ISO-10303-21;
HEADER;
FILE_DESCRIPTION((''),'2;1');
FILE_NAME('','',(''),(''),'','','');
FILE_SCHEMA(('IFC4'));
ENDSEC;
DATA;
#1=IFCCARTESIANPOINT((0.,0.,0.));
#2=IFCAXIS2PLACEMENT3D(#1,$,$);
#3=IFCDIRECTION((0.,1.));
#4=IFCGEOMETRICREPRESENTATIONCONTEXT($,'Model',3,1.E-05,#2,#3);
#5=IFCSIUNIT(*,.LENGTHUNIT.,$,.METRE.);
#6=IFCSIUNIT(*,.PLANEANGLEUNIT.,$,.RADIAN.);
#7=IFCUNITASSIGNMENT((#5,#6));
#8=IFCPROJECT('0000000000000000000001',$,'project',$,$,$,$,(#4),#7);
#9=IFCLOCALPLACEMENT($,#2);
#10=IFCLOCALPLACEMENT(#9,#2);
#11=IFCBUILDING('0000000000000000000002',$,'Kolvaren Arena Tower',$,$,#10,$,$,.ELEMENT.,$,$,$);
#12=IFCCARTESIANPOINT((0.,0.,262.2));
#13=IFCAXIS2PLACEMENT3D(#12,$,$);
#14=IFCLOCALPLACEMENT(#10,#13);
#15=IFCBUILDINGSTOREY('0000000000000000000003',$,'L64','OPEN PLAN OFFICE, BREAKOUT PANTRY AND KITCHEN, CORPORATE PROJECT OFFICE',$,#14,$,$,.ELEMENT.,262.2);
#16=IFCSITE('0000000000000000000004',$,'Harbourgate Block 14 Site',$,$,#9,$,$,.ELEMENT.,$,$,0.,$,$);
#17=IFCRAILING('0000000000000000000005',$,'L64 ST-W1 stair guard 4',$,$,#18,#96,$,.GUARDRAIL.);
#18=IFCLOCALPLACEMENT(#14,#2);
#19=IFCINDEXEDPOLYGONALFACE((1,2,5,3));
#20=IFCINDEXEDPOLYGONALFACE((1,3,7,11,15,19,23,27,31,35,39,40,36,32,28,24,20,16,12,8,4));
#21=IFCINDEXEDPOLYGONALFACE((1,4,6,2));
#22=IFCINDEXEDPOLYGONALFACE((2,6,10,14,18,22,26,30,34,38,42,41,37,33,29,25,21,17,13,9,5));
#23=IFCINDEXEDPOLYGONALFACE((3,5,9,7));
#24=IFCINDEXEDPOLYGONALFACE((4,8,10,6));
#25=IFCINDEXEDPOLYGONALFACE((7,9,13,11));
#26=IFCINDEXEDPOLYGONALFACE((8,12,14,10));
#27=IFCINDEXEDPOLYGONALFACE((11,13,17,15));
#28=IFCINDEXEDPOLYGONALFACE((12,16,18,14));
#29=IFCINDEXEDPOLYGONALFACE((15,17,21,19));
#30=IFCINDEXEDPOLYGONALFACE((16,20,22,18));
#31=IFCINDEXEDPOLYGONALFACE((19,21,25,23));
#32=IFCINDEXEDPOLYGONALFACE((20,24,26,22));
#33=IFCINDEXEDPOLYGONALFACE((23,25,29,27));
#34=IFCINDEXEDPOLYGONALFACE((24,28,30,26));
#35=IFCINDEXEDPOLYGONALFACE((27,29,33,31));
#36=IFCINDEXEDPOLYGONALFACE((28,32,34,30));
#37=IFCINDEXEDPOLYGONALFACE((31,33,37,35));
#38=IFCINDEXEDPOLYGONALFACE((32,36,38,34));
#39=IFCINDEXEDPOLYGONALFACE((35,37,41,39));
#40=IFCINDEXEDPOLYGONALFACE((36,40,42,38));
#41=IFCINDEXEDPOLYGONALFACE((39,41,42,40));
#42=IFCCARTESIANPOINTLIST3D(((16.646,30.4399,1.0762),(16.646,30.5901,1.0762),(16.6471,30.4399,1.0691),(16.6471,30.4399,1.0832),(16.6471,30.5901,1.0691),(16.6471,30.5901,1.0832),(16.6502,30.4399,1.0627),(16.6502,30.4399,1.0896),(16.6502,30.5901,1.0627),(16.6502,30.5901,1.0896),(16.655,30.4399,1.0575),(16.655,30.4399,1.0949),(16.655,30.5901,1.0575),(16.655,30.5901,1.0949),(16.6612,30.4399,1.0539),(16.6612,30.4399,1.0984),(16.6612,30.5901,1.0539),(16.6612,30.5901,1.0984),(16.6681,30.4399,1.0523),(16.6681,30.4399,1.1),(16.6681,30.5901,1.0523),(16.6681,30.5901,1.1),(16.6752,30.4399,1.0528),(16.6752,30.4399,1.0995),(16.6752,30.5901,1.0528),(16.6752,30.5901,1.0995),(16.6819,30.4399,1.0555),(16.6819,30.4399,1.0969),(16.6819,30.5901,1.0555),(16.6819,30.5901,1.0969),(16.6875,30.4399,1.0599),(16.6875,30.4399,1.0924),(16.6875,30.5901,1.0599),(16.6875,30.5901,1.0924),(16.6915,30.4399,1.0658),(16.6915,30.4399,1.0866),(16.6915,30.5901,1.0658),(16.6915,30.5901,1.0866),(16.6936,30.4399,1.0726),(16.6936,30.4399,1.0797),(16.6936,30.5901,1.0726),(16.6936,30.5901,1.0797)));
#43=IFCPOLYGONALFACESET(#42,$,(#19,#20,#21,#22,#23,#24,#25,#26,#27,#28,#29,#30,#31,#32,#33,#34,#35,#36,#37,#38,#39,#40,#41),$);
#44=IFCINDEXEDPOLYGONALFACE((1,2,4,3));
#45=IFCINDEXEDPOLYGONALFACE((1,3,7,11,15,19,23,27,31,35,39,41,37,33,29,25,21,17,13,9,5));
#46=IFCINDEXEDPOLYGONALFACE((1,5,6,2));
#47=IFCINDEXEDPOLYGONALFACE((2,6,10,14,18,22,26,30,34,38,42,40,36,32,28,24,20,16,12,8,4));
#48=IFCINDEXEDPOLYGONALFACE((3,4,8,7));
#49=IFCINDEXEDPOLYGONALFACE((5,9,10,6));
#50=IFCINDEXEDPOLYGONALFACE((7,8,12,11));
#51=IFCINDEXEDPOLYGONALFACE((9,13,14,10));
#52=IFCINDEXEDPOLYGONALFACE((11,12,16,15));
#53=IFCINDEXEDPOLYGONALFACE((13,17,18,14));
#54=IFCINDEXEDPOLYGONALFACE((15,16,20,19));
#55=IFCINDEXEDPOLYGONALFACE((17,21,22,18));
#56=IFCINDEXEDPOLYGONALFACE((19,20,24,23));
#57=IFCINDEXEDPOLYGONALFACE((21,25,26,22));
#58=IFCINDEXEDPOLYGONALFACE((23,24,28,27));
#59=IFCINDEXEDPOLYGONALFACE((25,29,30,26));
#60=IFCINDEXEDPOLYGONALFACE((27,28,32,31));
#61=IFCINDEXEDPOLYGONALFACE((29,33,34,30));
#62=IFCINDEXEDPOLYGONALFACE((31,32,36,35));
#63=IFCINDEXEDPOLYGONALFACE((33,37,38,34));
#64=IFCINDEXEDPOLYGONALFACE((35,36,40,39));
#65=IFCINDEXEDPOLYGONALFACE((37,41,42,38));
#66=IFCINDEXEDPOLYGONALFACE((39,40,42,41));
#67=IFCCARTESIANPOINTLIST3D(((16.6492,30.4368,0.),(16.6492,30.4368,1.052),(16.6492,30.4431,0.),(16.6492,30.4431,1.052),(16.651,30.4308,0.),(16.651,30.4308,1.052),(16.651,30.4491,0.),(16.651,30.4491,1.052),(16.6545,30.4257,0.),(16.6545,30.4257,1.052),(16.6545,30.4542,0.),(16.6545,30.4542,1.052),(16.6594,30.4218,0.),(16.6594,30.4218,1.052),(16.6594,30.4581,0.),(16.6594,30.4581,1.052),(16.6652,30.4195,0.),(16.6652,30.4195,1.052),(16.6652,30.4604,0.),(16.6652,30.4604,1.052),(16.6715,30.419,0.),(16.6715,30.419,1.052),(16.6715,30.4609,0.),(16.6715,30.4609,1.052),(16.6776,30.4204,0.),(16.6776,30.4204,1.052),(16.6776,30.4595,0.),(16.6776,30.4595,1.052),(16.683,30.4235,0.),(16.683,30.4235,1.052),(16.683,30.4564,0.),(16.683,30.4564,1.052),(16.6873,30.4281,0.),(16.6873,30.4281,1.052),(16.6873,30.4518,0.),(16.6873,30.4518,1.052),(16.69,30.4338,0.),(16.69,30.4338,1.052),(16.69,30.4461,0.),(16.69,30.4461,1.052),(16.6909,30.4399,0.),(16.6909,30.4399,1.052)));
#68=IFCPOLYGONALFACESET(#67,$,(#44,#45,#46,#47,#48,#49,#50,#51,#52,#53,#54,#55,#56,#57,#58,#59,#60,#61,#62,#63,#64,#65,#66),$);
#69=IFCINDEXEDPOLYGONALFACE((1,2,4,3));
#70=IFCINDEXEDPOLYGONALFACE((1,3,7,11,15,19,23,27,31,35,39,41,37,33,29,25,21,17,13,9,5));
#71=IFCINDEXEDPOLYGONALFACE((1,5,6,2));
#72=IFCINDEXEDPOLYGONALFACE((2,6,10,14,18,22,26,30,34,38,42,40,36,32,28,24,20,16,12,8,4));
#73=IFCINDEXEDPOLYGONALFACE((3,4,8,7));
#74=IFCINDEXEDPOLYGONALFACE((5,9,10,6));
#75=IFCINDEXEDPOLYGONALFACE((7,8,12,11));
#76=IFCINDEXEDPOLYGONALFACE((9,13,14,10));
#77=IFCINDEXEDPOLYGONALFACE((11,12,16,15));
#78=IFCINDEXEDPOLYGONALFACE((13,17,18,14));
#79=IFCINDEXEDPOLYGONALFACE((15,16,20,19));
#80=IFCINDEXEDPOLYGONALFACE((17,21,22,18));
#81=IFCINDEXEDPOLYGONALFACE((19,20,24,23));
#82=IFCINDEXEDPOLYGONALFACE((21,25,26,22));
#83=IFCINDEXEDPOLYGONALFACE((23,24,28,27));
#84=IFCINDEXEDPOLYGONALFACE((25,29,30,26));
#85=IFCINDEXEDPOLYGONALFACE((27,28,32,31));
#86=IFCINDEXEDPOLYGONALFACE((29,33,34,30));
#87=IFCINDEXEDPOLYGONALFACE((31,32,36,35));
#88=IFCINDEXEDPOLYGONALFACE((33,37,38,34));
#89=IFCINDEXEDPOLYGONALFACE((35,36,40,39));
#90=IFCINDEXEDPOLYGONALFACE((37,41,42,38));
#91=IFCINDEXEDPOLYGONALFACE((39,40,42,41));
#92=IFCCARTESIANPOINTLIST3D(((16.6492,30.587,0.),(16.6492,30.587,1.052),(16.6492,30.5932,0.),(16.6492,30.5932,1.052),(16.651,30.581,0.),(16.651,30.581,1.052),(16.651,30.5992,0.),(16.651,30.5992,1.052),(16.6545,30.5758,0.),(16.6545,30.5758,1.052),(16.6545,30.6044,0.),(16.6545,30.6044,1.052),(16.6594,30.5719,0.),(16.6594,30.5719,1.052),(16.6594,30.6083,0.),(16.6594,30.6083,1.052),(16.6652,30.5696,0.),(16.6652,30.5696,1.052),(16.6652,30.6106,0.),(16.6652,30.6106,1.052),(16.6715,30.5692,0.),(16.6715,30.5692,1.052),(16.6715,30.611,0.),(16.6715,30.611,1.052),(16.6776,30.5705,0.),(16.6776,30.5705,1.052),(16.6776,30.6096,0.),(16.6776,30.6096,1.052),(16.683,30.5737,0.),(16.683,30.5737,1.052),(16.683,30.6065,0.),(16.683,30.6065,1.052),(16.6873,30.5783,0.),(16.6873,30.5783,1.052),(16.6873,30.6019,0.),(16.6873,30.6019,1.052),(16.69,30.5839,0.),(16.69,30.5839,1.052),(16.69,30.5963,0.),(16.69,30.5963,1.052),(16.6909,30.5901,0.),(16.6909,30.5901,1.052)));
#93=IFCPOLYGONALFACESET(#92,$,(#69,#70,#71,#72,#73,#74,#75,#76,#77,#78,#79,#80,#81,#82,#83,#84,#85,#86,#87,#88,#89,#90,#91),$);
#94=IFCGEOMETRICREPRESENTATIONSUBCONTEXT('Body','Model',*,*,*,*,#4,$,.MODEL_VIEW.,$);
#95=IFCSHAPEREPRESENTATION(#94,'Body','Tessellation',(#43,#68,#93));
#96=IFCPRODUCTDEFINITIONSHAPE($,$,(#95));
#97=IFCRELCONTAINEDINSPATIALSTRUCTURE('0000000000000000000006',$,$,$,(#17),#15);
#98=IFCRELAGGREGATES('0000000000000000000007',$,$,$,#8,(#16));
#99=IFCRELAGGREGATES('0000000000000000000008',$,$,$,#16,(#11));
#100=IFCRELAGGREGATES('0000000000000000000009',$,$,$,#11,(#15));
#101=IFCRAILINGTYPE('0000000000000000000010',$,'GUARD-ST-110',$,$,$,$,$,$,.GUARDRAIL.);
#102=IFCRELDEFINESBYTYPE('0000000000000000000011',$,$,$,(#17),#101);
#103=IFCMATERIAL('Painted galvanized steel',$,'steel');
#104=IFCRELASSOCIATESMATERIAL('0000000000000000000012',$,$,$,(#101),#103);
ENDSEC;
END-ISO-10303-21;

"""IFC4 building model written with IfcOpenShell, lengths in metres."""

from ifc_helpers import new_model, si_unit, direction, frame, origin, origin_2d, place, context, subcontext, project, spatial, circle, extrude, material, type_object, element, save


model = new_model("IFC4")

# Units and contexts
model_context = context("Model", 3, precision=1e-05, world=origin(), true_north=direction((0.0, 1.0)))
body_context = subcontext(model_context, "Body", "Model", "MODEL_VIEW")
ifc_project = project(units=[si_unit("LENGTHUNIT", "METRE"), si_unit("PLANEANGLEUNIT", "RADIAN")], contexts=[model_context])

# Site, building, storey
site_placement = place(None, origin())
site = spatial("IfcSite", under=ifc_project, at=site_placement, Name="Harbourgate Block 14 Site", CompositionType="ELEMENT", RefElevation=0.0)
building_placement = place(site_placement, origin())
building = spatial("IfcBuilding", under=site, at=building_placement, Name="Kolvaren Arena Tower", CompositionType="ELEMENT")
storey_placement = place(building_placement, frame((0.0, 0.0, 262.2)))
storey = spatial("IfcBuildingStorey", under=building, at=storey_placement, Name="L64", Description="OPEN PLAN OFFICE, BREAKOUT PANTRY AND KITCHEN, CORPORATE PROJECT OFFICE", CompositionType="ELEMENT", Elevation=262.2)

# Railing
ifc_material_1 = material(Name="Painted galvanized steel", Category="steel")
railing_type_1 = type_object("IfcRailingType", Name="GUARD-ST-110", PredefinedType="GUARDRAIL", material=ifc_material_1)
railing_1_placement = place(storey_placement, frame((16.6699, 30.4399, 0.0)))
element("IfcRailing", 1, at=railing_1_placement, inside=storey, type_object=railing_type_1, Name="L64 ST-W1 stair guard 4", PredefinedType="GUARDRAIL", context=body_context, shape_type="SweptSolid", body=[
    extrude(circle(Radius=0.0239, at=origin_2d()), frame((0.0, 0.0, 1.0762), z_axis=(0.0, 1.0, 0.0), x_axis=(-1.0, 0.0, 0.0)), (0.0, 0.0, 1.0), 0.1501),
    extrude(circle(Radius=0.021, at=origin_2d()), origin(), (0.0, 0.0, 1.0), 1.052),
    extrude(circle(Radius=0.021, at=origin_2d()), frame((0.0, 0.1501, 0.0)), (0.0, 0.0, 1.0), 1.052),
])

save(model, "model.ifc")
